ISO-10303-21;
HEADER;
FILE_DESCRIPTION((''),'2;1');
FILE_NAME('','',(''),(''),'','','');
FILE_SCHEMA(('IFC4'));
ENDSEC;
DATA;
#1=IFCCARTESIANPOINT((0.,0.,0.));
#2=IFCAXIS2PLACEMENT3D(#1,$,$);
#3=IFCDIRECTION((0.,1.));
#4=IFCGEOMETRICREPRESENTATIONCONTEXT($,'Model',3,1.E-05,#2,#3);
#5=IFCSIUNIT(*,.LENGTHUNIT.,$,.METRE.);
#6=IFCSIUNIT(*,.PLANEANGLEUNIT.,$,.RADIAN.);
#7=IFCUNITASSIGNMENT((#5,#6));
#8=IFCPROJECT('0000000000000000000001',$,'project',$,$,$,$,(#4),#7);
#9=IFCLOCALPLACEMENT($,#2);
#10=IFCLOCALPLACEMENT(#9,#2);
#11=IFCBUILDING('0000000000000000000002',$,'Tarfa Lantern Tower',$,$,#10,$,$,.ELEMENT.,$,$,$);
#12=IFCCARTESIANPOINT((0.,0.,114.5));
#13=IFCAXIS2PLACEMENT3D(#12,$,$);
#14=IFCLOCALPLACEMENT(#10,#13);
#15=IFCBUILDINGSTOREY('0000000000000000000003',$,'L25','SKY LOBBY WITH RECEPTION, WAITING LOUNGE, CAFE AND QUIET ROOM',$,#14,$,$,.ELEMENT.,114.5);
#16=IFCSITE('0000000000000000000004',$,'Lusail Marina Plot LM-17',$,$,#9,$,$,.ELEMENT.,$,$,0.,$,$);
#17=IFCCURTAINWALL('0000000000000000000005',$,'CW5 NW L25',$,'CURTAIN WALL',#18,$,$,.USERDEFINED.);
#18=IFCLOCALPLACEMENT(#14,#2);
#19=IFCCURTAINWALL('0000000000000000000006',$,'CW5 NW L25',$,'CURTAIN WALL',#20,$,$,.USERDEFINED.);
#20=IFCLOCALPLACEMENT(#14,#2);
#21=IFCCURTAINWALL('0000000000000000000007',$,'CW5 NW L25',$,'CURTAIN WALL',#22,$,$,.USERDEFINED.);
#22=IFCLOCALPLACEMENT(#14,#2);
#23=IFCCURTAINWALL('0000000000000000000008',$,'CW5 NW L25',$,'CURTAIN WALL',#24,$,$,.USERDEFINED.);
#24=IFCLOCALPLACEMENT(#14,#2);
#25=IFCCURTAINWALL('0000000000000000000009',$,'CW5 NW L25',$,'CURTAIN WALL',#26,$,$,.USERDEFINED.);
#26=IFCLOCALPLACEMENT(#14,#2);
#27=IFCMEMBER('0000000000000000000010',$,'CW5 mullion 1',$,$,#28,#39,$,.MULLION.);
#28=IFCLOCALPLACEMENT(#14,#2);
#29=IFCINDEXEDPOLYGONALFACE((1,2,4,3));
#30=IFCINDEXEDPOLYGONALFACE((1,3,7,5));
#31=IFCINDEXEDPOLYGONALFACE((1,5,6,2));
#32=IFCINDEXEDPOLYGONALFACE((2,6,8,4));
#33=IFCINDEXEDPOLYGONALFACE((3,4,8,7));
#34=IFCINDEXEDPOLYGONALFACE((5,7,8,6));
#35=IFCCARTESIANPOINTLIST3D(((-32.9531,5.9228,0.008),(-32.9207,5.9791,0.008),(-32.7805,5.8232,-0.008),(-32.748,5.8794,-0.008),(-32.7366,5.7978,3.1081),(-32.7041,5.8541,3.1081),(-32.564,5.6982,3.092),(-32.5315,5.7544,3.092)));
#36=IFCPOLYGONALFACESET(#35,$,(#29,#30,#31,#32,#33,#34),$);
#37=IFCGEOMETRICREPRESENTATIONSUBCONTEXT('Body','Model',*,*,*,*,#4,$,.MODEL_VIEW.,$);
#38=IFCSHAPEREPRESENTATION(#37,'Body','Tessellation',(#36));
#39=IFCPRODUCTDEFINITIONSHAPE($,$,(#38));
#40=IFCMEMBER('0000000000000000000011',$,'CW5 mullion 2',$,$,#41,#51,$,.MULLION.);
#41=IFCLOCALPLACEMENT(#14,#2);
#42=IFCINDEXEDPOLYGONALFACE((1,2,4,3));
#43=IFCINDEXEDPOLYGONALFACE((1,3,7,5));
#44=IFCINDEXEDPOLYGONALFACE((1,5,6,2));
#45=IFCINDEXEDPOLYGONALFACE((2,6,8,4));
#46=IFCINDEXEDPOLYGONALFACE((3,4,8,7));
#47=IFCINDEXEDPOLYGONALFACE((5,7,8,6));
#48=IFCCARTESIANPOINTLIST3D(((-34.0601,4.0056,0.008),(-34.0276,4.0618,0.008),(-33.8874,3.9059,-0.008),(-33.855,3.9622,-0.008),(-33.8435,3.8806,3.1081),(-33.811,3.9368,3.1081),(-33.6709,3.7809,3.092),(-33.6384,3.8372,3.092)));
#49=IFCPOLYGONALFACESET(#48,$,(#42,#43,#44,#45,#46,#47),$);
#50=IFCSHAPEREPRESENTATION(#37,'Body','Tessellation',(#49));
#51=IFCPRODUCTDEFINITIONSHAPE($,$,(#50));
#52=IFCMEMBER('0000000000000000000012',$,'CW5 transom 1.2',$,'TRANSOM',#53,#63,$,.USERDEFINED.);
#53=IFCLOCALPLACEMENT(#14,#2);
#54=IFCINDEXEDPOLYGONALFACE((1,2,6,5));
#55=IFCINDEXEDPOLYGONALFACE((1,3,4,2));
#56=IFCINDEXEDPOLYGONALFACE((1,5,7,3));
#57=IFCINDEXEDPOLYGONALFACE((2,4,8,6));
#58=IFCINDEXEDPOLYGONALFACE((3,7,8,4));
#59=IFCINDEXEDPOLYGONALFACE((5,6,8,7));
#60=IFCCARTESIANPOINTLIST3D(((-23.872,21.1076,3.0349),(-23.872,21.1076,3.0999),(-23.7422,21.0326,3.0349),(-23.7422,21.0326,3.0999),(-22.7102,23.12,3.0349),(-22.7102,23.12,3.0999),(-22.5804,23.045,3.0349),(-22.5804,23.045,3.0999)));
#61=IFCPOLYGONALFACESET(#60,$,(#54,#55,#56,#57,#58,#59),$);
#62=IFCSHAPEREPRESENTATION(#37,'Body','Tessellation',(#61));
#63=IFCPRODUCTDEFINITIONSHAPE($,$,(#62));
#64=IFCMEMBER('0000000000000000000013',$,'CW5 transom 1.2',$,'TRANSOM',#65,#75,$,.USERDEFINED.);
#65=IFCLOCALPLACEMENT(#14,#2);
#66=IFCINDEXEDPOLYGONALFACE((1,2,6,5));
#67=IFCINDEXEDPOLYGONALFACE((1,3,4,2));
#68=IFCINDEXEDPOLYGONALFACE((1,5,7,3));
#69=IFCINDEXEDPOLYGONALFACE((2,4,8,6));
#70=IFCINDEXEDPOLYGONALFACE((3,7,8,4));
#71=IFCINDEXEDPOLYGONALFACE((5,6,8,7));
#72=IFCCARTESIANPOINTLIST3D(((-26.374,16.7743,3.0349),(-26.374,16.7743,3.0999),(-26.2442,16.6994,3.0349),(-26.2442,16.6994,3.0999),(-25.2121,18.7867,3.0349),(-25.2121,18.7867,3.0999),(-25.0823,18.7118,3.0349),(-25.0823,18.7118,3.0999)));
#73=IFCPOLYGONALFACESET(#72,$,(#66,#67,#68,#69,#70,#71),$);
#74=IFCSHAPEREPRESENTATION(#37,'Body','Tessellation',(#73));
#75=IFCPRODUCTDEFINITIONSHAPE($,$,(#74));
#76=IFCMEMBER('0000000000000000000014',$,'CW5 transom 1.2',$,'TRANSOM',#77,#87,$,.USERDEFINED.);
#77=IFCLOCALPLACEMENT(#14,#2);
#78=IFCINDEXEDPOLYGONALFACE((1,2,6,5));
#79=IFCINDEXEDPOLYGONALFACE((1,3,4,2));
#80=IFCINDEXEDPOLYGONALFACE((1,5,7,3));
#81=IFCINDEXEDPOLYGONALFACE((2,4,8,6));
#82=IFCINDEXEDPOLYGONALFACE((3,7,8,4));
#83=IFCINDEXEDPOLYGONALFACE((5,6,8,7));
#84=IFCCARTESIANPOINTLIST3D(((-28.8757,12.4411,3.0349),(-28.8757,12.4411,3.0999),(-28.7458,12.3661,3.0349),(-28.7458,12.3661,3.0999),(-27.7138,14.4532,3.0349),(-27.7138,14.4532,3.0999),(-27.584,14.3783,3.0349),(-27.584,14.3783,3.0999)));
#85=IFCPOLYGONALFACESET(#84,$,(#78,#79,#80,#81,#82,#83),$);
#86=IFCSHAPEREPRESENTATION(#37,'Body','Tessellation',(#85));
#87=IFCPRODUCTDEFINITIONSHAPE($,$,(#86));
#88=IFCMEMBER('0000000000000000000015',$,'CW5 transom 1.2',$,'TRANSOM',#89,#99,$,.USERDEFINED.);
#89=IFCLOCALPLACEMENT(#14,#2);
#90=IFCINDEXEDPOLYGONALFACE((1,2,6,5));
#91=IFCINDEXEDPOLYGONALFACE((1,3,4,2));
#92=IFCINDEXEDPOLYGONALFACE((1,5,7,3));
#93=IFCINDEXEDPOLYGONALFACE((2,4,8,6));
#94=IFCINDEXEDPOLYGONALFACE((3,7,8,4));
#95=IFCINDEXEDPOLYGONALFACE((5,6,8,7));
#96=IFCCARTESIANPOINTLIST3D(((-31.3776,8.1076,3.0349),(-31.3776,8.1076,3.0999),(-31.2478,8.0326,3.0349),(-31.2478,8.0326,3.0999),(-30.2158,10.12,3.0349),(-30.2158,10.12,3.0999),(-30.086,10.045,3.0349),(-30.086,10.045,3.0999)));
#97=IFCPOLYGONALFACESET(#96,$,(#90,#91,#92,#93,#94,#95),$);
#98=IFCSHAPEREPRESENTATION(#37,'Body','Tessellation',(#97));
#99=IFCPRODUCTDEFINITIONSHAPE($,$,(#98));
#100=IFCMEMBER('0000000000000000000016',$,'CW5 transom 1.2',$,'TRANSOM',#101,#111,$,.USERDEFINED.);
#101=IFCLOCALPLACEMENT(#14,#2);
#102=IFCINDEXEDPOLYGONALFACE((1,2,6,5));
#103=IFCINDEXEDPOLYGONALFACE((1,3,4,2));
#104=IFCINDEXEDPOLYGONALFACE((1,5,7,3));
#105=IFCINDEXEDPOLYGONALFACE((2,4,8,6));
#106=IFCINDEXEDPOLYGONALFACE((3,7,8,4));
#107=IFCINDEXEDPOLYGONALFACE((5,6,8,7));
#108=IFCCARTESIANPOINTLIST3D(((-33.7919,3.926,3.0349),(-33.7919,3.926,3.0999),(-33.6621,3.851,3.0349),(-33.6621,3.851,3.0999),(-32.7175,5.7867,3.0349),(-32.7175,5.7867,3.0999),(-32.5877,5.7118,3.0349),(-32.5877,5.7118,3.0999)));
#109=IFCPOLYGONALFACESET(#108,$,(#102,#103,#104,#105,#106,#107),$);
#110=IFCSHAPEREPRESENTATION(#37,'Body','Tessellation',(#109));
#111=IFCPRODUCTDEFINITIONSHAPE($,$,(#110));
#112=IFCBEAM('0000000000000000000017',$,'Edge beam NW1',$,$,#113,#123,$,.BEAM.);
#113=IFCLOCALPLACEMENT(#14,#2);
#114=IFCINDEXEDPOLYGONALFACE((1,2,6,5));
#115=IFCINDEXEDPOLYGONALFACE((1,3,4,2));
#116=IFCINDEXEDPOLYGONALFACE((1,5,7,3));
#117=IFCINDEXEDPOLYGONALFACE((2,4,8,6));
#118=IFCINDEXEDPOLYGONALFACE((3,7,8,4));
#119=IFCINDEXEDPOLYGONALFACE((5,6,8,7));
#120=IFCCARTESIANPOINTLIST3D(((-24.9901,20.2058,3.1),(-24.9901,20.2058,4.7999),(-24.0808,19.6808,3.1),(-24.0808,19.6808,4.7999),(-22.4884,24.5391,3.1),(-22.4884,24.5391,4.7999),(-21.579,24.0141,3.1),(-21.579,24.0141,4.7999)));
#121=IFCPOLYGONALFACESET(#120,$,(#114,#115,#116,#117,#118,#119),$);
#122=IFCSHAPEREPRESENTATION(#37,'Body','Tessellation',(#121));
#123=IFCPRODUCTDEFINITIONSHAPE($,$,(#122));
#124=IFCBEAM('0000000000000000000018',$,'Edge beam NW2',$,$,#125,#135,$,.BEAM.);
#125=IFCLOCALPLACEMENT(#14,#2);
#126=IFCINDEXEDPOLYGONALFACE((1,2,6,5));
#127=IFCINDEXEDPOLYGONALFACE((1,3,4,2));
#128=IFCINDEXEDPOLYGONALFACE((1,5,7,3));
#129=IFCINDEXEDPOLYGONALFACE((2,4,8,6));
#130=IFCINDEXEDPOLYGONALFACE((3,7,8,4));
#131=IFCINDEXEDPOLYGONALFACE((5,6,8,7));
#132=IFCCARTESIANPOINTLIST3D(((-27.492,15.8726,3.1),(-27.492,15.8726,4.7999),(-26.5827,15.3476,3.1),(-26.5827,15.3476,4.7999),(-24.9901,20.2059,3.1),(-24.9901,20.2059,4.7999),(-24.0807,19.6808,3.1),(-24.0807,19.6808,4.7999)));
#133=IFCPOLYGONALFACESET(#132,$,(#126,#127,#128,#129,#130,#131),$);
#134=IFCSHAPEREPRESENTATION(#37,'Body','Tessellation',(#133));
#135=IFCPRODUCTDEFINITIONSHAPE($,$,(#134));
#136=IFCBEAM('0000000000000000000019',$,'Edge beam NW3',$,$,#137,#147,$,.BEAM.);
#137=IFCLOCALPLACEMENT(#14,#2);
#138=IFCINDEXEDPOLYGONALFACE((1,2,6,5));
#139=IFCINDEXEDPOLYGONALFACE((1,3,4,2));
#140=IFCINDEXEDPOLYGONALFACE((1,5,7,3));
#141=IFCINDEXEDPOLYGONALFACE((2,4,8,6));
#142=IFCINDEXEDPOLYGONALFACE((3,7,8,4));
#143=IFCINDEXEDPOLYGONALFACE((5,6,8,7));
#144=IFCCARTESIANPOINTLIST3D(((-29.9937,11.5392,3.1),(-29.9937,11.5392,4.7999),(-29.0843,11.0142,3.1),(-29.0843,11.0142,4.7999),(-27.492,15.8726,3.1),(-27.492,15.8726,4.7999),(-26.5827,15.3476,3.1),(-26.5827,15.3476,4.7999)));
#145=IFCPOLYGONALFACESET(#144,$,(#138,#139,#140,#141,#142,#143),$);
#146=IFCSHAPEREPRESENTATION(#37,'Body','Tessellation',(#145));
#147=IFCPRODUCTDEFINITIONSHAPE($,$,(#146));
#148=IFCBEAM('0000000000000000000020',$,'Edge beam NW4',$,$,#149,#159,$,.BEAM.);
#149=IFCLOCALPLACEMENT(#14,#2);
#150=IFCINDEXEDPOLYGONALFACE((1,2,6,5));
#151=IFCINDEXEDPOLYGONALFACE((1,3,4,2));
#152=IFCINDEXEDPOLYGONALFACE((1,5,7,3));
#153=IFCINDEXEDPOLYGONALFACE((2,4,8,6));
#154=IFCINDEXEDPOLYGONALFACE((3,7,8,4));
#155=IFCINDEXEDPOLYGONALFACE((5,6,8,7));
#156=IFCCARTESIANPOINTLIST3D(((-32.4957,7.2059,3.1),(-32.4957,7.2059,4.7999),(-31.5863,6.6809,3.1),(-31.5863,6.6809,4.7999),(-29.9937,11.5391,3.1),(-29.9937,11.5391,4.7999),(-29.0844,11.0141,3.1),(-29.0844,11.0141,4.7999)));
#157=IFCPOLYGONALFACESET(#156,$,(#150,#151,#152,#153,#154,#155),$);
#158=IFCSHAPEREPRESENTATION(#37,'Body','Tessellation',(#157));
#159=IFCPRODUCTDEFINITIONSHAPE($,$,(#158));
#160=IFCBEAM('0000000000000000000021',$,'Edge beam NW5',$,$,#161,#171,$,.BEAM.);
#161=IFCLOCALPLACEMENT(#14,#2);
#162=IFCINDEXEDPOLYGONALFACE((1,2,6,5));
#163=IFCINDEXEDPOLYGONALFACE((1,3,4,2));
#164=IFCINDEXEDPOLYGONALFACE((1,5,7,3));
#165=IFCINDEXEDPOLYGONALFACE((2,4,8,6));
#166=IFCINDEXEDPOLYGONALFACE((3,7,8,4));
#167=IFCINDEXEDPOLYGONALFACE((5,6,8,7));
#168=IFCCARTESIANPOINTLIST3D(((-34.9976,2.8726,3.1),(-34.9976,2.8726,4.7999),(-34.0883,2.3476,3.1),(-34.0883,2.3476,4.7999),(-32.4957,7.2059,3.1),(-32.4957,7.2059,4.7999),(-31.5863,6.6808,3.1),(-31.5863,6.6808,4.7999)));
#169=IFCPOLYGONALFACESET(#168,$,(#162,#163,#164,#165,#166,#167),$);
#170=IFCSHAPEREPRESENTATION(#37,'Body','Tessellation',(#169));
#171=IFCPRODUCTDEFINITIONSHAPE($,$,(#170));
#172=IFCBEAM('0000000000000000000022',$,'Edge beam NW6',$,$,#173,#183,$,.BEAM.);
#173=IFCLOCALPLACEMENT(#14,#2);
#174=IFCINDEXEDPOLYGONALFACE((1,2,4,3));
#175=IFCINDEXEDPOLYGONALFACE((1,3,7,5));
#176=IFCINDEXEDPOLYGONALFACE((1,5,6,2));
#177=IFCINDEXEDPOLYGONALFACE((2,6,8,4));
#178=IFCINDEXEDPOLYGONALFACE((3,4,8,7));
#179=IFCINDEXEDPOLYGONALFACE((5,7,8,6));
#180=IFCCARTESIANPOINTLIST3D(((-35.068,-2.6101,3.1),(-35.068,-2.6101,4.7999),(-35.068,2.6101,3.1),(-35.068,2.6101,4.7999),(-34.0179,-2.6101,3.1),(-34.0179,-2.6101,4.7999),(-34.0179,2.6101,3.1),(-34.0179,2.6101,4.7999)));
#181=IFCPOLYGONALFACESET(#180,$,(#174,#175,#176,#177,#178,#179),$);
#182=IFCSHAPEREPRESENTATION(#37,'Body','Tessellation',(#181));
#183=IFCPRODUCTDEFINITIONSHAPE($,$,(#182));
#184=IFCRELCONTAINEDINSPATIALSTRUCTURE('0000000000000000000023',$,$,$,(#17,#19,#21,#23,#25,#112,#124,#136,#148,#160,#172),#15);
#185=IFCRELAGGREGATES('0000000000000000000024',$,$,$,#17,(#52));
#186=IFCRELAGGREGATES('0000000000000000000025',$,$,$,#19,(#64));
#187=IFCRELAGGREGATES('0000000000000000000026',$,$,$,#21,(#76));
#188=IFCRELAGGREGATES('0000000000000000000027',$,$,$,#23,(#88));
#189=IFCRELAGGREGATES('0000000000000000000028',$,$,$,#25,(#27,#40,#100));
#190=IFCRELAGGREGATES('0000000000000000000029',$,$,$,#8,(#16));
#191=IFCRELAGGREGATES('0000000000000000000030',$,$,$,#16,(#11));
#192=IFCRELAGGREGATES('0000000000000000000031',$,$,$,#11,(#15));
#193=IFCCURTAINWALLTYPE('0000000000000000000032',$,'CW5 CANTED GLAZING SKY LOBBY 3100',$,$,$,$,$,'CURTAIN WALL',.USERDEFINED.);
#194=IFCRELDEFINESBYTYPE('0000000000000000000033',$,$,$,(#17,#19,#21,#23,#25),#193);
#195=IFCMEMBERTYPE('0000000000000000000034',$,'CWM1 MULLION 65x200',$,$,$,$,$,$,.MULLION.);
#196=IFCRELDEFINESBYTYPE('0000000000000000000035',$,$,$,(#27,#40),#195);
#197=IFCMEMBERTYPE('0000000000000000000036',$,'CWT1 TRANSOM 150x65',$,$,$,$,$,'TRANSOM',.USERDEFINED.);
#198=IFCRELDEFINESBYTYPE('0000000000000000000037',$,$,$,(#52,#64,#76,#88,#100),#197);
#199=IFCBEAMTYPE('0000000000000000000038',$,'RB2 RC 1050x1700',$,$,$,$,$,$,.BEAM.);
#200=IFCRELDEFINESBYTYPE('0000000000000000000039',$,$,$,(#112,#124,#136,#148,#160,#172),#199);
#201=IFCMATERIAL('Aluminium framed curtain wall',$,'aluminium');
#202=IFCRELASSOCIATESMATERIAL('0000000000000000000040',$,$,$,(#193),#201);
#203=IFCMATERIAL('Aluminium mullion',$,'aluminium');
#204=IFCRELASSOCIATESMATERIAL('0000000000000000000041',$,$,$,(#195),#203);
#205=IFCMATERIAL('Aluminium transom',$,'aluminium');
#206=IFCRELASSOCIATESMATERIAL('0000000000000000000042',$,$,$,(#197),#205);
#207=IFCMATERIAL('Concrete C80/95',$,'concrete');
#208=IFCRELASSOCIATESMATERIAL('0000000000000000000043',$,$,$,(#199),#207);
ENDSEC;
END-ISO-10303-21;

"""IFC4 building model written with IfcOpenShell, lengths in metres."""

from ifc_helpers import new_model, si_unit, direction, frame, origin, origin_2d, place, context, subcontext, project, spatial, rectangle, extrude, material, material_profile, profile_set, type_object, element, aggregate, save


model = new_model("IFC4")

# Units and contexts
model_context = context("Model", 3, precision=1e-05, world=origin(), true_north=direction((0.0, 1.0)))
body_context = subcontext(model_context, "Body", "Model", "MODEL_VIEW")
ifc_project = project(units=[si_unit("LENGTHUNIT", "METRE"), si_unit("PLANEANGLEUNIT", "RADIAN")], contexts=[model_context])

# Site, building, storey
site_placement = place(None, origin())
site = spatial("IfcSite", under=ifc_project, at=site_placement, Name="Lusail Marina Plot LM-17", CompositionType="ELEMENT", RefElevation=0.0)
building_placement = place(site_placement, origin())
building = spatial("IfcBuilding", under=site, at=building_placement, Name="Tarfa Lantern Tower", CompositionType="ELEMENT")
storey_placement = place(building_placement, frame((0.0, 0.0, 114.5)))
storey = spatial("IfcBuildingStorey", under=building, at=storey_placement, Name="L25", Description="SKY LOBBY WITH RECEPTION, WAITING LOUNGE, CAFE AND QUIET ROOM", CompositionType="ELEMENT", Elevation=114.5)

# Shared definitions
ifc_material_1 = material(Name="Concrete C80/95", Category="concrete")

# Shared definitions
ifc_material_2 = material(Name="Aluminium framed curtain wall", Category="aluminium")
curtain_wall_type = type_object("IfcCurtainWallType", Name="CW5 CANTED GLAZING SKY LOBBY 3100", ElementType="CURTAIN WALL", PredefinedType="USERDEFINED", material=ifc_material_2)
ifc_material_3 = material(Name="Aluminium mullion", Category="aluminium")
ifc_material_profile_1 = material_profile(ifc_material_3, rectangle(XDim=0.0649, YDim=0.2, at=origin_2d()), Name="AL MULLION 65x200")
ifc_profile_set_1 = profile_set([ifc_material_profile_1], Name="Aluminium mullion")
member_type_1 = type_object("IfcMemberType", Name="CWM1 MULLION 65x200", PredefinedType="MULLION", material=ifc_profile_set_1)

# Curtain walls, members
curtain_wall_1_placement = place(storey_placement, origin())
curtain_wall_1 = element("IfcCurtainWall", 1, at=curtain_wall_1_placement, inside=storey, type_object=curtain_wall_type, Name="CW5 NW L25", ObjectType="CURTAIN WALL", PredefinedType="USERDEFINED")
curtain_wall_2_placement = place(storey_placement, origin())
curtain_wall_2 = element("IfcCurtainWall", 2, at=curtain_wall_2_placement, inside=storey, type_object=curtain_wall_type, Name="CW5 NW L25", ObjectType="CURTAIN WALL", PredefinedType="USERDEFINED")
curtain_wall_3_placement = place(storey_placement, origin())
curtain_wall_3 = element("IfcCurtainWall", 3, at=curtain_wall_3_placement, inside=storey, type_object=curtain_wall_type, Name="CW5 NW L25", ObjectType="CURTAIN WALL", PredefinedType="USERDEFINED")
curtain_wall_4_placement = place(storey_placement, origin())
curtain_wall_4 = element("IfcCurtainWall", 4, at=curtain_wall_4_placement, inside=storey, type_object=curtain_wall_type, Name="CW5 NW L25", ObjectType="CURTAIN WALL", PredefinedType="USERDEFINED")
curtain_wall_5_placement = place(storey_placement, origin())
curtain_wall_5 = element("IfcCurtainWall", 5, at=curtain_wall_5_placement, inside=storey, type_object=curtain_wall_type, Name="CW5 NW L25", ObjectType="CURTAIN WALL", PredefinedType="USERDEFINED")
member_1_placement = place(storey_placement, frame((-32.8506, 5.9011, 0.0), z_axis=(0.069627, -0.040191, 0.996763), x_axis=(0.49992, 0.866072, 0.0)))
member_1 = element("IfcMember", 6, at=member_1_placement, type_object=member_type_1, Name="CW5 mullion 1", PredefinedType="MULLION", context=body_context, shape_type="SweptSolid", body=[
    extrude(rectangle(XDim=0.0649, YDim=0.2, at=origin_2d()), origin(), (0.0, 0.0, 1.0), 3.1101),
])
member_2_placement = place(storey_placement, frame((-33.9575, 3.9839, 0.0), z_axis=(0.069627, -0.040191, 0.996763), x_axis=(0.49992, 0.866072, 0.0)))
member_2 = element("IfcMember", 7, at=member_2_placement, type_object=member_type_1, Name="CW5 mullion 2", PredefinedType="MULLION", context=body_context, shape_type="SweptSolid", body=[
    extrude(rectangle(XDim=0.0649, YDim=0.2, at=origin_2d()), origin(), (0.0, 0.0, 1.0), 3.1101),
])

# Members
ifc_material_4 = material(Name="Aluminium transom", Category="aluminium")
ifc_material_profile_2 = material_profile(ifc_material_4, rectangle(XDim=0.1499, YDim=0.0649, at=origin_2d()), Name="AL TRANSOM 150x65")
ifc_profile_set_2 = profile_set([ifc_material_profile_2], Name="Aluminium transom")
member_type_2 = type_object("IfcMemberType", Name="CWT1 TRANSOM 150x65", ElementType="TRANSOM", PredefinedType="USERDEFINED", material=ifc_profile_set_2)
member_3_placement = place(storey_placement, frame((-22.6453, 23.0825, 3.0674), z_axis=(-0.499992, -0.86603, 0.0), x_axis=(0.86603, -0.499992, 0.0)))
member_3 = element("IfcMember", 8, at=member_3_placement, type_object=member_type_2, Name="CW5 transom 1.2", ObjectType="TRANSOM", PredefinedType="USERDEFINED", context=body_context, shape_type="SweptSolid", body=[
    extrude(rectangle(XDim=0.1499, YDim=0.0649, at=origin_2d()), origin(), (0.0, 0.0, 1.0), 2.3237),
])
member_4_placement = place(storey_placement, frame((-25.1472, 18.7493, 3.0674), z_axis=(-0.499992, -0.86603, 0.0), x_axis=(0.86603, -0.499992, 0.0)))
member_4 = element("IfcMember", 9, at=member_4_placement, type_object=member_type_2, Name="CW5 transom 1.2", ObjectType="TRANSOM", PredefinedType="USERDEFINED", context=body_context, shape_type="SweptSolid", body=[
    extrude(rectangle(XDim=0.1499, YDim=0.0649, at=origin_2d()), origin(), (0.0, 0.0, 1.0), 2.3237),
])
member_5_placement = place(storey_placement, frame((-27.6489, 14.4158, 3.0674), z_axis=(-0.500038, -0.866004, 0.0), x_axis=(0.866004, -0.500038, 0.0)))
member_5 = element("IfcMember", 10, at=member_5_placement, type_object=member_type_2, Name="CW5 transom 1.2", ObjectType="TRANSOM", PredefinedType="USERDEFINED", context=body_context, shape_type="SweptSolid", body=[
    extrude(rectangle(XDim=0.1499, YDim=0.0649, at=origin_2d()), origin(), (0.0, 0.0, 1.0), 2.3235),
])
member_6_placement = place(storey_placement, frame((-30.1509, 10.0825, 3.0674), z_axis=(-0.499992, -0.86603, 0.0), x_axis=(0.86603, -0.499992, 0.0)))
member_6 = element("IfcMember", 11, at=member_6_placement, type_object=member_type_2, Name="CW5 transom 1.2", ObjectType="TRANSOM", PredefinedType="USERDEFINED", context=body_context, shape_type="SweptSolid", body=[
    extrude(rectangle(XDim=0.1499, YDim=0.0649, at=origin_2d()), origin(), (0.0, 0.0, 1.0), 2.3237),
])
member_7_placement = place(storey_placement, frame((-32.6526, 5.7493, 3.0674), z_axis=(-0.500037, -0.866004, 0.0), x_axis=(0.866004, -0.500037, 0.0)))
member_7 = element("IfcMember", 12, at=member_7_placement, type_object=member_type_2, Name="CW5 transom 1.2", ObjectType="TRANSOM", PredefinedType="USERDEFINED", context=body_context, shape_type="SweptSolid", body=[
    extrude(rectangle(XDim=0.1499, YDim=0.0649, at=origin_2d()), origin(), (0.0, 0.0, 1.0), 2.1487),
])

# Beams
ifc_material_profile_3 = material_profile(ifc_material_1, rectangle(XDim=1.05, YDim=1.7, at=origin_2d()), Name="RC 1050x1700")
ifc_profile_set_3 = profile_set([ifc_material_profile_3], Name="Concrete C80/95")
beam_type_1 = type_object("IfcBeamType", Name="RB2 RC 1050x1700", PredefinedType="BEAM", material=ifc_profile_set_3)
for number, where, z_axis, x_axis, name in (
    (13, (-22.0337, 24.2766, 3.95), (-0.499986, -0.866034, 0.0), (0.866034, -0.499986, 0.0), "Edge beam NW1"),
    (14, (-24.5354, 19.9434, 3.95), (-0.500022, -0.866013, 0.0), (0.866013, -0.500022, 0.0), "Edge beam NW2"),
    (15, (-27.0374, 15.6101, 3.95), (-0.499965, -0.866046, 0.0), (0.866046, -0.499965, 0.0), "Edge beam NW3"),
    (16, (-29.5391, 11.2766, 3.95), (-0.500022, -0.866013, 0.0), (0.866013, -0.500022, 0.0), "Edge beam NW4"),
    (17, (-32.041, 6.9434, 3.95), (-0.500022, -0.866013, 0.0), (0.866013, -0.500022, 0.0), "Edge beam NW5"),
):
    element("IfcBeam", number, at=place(storey_placement, frame(where, z_axis=z_axis, x_axis=x_axis)), inside=storey, type_object=beam_type_1, Name=name, PredefinedType="BEAM", context=body_context, shape_type="SweptSolid", body=[
        extrude(rectangle(XDim=1.05, YDim=1.7, at=origin_2d()), origin(), (0.0, 0.0, 1.0), 5.0037),
    ])
beam_1_placement = place(storey_placement, frame((-34.543, 2.6101, 3.95), z_axis=(0.0, -1.0, 0.0), x_axis=(1.0, 0.0, 0.0)))
element("IfcBeam", 18, at=beam_1_placement, inside=storey, type_object=beam_type_1, Name="Edge beam NW6", PredefinedType="BEAM", context=body_context, shape_type="SweptSolid", body=[
    extrude(rectangle(XDim=1.05, YDim=1.7, at=origin_2d()), origin(), (0.0, 0.0, 1.0), 5.2202),
])

aggregate(curtain_wall_1, [member_3])
aggregate(curtain_wall_2, [member_4])
aggregate(curtain_wall_3, [member_5])
aggregate(curtain_wall_4, [member_6])
aggregate(curtain_wall_5, [member_1, member_2, member_7])

save(model, "model.ifc")
